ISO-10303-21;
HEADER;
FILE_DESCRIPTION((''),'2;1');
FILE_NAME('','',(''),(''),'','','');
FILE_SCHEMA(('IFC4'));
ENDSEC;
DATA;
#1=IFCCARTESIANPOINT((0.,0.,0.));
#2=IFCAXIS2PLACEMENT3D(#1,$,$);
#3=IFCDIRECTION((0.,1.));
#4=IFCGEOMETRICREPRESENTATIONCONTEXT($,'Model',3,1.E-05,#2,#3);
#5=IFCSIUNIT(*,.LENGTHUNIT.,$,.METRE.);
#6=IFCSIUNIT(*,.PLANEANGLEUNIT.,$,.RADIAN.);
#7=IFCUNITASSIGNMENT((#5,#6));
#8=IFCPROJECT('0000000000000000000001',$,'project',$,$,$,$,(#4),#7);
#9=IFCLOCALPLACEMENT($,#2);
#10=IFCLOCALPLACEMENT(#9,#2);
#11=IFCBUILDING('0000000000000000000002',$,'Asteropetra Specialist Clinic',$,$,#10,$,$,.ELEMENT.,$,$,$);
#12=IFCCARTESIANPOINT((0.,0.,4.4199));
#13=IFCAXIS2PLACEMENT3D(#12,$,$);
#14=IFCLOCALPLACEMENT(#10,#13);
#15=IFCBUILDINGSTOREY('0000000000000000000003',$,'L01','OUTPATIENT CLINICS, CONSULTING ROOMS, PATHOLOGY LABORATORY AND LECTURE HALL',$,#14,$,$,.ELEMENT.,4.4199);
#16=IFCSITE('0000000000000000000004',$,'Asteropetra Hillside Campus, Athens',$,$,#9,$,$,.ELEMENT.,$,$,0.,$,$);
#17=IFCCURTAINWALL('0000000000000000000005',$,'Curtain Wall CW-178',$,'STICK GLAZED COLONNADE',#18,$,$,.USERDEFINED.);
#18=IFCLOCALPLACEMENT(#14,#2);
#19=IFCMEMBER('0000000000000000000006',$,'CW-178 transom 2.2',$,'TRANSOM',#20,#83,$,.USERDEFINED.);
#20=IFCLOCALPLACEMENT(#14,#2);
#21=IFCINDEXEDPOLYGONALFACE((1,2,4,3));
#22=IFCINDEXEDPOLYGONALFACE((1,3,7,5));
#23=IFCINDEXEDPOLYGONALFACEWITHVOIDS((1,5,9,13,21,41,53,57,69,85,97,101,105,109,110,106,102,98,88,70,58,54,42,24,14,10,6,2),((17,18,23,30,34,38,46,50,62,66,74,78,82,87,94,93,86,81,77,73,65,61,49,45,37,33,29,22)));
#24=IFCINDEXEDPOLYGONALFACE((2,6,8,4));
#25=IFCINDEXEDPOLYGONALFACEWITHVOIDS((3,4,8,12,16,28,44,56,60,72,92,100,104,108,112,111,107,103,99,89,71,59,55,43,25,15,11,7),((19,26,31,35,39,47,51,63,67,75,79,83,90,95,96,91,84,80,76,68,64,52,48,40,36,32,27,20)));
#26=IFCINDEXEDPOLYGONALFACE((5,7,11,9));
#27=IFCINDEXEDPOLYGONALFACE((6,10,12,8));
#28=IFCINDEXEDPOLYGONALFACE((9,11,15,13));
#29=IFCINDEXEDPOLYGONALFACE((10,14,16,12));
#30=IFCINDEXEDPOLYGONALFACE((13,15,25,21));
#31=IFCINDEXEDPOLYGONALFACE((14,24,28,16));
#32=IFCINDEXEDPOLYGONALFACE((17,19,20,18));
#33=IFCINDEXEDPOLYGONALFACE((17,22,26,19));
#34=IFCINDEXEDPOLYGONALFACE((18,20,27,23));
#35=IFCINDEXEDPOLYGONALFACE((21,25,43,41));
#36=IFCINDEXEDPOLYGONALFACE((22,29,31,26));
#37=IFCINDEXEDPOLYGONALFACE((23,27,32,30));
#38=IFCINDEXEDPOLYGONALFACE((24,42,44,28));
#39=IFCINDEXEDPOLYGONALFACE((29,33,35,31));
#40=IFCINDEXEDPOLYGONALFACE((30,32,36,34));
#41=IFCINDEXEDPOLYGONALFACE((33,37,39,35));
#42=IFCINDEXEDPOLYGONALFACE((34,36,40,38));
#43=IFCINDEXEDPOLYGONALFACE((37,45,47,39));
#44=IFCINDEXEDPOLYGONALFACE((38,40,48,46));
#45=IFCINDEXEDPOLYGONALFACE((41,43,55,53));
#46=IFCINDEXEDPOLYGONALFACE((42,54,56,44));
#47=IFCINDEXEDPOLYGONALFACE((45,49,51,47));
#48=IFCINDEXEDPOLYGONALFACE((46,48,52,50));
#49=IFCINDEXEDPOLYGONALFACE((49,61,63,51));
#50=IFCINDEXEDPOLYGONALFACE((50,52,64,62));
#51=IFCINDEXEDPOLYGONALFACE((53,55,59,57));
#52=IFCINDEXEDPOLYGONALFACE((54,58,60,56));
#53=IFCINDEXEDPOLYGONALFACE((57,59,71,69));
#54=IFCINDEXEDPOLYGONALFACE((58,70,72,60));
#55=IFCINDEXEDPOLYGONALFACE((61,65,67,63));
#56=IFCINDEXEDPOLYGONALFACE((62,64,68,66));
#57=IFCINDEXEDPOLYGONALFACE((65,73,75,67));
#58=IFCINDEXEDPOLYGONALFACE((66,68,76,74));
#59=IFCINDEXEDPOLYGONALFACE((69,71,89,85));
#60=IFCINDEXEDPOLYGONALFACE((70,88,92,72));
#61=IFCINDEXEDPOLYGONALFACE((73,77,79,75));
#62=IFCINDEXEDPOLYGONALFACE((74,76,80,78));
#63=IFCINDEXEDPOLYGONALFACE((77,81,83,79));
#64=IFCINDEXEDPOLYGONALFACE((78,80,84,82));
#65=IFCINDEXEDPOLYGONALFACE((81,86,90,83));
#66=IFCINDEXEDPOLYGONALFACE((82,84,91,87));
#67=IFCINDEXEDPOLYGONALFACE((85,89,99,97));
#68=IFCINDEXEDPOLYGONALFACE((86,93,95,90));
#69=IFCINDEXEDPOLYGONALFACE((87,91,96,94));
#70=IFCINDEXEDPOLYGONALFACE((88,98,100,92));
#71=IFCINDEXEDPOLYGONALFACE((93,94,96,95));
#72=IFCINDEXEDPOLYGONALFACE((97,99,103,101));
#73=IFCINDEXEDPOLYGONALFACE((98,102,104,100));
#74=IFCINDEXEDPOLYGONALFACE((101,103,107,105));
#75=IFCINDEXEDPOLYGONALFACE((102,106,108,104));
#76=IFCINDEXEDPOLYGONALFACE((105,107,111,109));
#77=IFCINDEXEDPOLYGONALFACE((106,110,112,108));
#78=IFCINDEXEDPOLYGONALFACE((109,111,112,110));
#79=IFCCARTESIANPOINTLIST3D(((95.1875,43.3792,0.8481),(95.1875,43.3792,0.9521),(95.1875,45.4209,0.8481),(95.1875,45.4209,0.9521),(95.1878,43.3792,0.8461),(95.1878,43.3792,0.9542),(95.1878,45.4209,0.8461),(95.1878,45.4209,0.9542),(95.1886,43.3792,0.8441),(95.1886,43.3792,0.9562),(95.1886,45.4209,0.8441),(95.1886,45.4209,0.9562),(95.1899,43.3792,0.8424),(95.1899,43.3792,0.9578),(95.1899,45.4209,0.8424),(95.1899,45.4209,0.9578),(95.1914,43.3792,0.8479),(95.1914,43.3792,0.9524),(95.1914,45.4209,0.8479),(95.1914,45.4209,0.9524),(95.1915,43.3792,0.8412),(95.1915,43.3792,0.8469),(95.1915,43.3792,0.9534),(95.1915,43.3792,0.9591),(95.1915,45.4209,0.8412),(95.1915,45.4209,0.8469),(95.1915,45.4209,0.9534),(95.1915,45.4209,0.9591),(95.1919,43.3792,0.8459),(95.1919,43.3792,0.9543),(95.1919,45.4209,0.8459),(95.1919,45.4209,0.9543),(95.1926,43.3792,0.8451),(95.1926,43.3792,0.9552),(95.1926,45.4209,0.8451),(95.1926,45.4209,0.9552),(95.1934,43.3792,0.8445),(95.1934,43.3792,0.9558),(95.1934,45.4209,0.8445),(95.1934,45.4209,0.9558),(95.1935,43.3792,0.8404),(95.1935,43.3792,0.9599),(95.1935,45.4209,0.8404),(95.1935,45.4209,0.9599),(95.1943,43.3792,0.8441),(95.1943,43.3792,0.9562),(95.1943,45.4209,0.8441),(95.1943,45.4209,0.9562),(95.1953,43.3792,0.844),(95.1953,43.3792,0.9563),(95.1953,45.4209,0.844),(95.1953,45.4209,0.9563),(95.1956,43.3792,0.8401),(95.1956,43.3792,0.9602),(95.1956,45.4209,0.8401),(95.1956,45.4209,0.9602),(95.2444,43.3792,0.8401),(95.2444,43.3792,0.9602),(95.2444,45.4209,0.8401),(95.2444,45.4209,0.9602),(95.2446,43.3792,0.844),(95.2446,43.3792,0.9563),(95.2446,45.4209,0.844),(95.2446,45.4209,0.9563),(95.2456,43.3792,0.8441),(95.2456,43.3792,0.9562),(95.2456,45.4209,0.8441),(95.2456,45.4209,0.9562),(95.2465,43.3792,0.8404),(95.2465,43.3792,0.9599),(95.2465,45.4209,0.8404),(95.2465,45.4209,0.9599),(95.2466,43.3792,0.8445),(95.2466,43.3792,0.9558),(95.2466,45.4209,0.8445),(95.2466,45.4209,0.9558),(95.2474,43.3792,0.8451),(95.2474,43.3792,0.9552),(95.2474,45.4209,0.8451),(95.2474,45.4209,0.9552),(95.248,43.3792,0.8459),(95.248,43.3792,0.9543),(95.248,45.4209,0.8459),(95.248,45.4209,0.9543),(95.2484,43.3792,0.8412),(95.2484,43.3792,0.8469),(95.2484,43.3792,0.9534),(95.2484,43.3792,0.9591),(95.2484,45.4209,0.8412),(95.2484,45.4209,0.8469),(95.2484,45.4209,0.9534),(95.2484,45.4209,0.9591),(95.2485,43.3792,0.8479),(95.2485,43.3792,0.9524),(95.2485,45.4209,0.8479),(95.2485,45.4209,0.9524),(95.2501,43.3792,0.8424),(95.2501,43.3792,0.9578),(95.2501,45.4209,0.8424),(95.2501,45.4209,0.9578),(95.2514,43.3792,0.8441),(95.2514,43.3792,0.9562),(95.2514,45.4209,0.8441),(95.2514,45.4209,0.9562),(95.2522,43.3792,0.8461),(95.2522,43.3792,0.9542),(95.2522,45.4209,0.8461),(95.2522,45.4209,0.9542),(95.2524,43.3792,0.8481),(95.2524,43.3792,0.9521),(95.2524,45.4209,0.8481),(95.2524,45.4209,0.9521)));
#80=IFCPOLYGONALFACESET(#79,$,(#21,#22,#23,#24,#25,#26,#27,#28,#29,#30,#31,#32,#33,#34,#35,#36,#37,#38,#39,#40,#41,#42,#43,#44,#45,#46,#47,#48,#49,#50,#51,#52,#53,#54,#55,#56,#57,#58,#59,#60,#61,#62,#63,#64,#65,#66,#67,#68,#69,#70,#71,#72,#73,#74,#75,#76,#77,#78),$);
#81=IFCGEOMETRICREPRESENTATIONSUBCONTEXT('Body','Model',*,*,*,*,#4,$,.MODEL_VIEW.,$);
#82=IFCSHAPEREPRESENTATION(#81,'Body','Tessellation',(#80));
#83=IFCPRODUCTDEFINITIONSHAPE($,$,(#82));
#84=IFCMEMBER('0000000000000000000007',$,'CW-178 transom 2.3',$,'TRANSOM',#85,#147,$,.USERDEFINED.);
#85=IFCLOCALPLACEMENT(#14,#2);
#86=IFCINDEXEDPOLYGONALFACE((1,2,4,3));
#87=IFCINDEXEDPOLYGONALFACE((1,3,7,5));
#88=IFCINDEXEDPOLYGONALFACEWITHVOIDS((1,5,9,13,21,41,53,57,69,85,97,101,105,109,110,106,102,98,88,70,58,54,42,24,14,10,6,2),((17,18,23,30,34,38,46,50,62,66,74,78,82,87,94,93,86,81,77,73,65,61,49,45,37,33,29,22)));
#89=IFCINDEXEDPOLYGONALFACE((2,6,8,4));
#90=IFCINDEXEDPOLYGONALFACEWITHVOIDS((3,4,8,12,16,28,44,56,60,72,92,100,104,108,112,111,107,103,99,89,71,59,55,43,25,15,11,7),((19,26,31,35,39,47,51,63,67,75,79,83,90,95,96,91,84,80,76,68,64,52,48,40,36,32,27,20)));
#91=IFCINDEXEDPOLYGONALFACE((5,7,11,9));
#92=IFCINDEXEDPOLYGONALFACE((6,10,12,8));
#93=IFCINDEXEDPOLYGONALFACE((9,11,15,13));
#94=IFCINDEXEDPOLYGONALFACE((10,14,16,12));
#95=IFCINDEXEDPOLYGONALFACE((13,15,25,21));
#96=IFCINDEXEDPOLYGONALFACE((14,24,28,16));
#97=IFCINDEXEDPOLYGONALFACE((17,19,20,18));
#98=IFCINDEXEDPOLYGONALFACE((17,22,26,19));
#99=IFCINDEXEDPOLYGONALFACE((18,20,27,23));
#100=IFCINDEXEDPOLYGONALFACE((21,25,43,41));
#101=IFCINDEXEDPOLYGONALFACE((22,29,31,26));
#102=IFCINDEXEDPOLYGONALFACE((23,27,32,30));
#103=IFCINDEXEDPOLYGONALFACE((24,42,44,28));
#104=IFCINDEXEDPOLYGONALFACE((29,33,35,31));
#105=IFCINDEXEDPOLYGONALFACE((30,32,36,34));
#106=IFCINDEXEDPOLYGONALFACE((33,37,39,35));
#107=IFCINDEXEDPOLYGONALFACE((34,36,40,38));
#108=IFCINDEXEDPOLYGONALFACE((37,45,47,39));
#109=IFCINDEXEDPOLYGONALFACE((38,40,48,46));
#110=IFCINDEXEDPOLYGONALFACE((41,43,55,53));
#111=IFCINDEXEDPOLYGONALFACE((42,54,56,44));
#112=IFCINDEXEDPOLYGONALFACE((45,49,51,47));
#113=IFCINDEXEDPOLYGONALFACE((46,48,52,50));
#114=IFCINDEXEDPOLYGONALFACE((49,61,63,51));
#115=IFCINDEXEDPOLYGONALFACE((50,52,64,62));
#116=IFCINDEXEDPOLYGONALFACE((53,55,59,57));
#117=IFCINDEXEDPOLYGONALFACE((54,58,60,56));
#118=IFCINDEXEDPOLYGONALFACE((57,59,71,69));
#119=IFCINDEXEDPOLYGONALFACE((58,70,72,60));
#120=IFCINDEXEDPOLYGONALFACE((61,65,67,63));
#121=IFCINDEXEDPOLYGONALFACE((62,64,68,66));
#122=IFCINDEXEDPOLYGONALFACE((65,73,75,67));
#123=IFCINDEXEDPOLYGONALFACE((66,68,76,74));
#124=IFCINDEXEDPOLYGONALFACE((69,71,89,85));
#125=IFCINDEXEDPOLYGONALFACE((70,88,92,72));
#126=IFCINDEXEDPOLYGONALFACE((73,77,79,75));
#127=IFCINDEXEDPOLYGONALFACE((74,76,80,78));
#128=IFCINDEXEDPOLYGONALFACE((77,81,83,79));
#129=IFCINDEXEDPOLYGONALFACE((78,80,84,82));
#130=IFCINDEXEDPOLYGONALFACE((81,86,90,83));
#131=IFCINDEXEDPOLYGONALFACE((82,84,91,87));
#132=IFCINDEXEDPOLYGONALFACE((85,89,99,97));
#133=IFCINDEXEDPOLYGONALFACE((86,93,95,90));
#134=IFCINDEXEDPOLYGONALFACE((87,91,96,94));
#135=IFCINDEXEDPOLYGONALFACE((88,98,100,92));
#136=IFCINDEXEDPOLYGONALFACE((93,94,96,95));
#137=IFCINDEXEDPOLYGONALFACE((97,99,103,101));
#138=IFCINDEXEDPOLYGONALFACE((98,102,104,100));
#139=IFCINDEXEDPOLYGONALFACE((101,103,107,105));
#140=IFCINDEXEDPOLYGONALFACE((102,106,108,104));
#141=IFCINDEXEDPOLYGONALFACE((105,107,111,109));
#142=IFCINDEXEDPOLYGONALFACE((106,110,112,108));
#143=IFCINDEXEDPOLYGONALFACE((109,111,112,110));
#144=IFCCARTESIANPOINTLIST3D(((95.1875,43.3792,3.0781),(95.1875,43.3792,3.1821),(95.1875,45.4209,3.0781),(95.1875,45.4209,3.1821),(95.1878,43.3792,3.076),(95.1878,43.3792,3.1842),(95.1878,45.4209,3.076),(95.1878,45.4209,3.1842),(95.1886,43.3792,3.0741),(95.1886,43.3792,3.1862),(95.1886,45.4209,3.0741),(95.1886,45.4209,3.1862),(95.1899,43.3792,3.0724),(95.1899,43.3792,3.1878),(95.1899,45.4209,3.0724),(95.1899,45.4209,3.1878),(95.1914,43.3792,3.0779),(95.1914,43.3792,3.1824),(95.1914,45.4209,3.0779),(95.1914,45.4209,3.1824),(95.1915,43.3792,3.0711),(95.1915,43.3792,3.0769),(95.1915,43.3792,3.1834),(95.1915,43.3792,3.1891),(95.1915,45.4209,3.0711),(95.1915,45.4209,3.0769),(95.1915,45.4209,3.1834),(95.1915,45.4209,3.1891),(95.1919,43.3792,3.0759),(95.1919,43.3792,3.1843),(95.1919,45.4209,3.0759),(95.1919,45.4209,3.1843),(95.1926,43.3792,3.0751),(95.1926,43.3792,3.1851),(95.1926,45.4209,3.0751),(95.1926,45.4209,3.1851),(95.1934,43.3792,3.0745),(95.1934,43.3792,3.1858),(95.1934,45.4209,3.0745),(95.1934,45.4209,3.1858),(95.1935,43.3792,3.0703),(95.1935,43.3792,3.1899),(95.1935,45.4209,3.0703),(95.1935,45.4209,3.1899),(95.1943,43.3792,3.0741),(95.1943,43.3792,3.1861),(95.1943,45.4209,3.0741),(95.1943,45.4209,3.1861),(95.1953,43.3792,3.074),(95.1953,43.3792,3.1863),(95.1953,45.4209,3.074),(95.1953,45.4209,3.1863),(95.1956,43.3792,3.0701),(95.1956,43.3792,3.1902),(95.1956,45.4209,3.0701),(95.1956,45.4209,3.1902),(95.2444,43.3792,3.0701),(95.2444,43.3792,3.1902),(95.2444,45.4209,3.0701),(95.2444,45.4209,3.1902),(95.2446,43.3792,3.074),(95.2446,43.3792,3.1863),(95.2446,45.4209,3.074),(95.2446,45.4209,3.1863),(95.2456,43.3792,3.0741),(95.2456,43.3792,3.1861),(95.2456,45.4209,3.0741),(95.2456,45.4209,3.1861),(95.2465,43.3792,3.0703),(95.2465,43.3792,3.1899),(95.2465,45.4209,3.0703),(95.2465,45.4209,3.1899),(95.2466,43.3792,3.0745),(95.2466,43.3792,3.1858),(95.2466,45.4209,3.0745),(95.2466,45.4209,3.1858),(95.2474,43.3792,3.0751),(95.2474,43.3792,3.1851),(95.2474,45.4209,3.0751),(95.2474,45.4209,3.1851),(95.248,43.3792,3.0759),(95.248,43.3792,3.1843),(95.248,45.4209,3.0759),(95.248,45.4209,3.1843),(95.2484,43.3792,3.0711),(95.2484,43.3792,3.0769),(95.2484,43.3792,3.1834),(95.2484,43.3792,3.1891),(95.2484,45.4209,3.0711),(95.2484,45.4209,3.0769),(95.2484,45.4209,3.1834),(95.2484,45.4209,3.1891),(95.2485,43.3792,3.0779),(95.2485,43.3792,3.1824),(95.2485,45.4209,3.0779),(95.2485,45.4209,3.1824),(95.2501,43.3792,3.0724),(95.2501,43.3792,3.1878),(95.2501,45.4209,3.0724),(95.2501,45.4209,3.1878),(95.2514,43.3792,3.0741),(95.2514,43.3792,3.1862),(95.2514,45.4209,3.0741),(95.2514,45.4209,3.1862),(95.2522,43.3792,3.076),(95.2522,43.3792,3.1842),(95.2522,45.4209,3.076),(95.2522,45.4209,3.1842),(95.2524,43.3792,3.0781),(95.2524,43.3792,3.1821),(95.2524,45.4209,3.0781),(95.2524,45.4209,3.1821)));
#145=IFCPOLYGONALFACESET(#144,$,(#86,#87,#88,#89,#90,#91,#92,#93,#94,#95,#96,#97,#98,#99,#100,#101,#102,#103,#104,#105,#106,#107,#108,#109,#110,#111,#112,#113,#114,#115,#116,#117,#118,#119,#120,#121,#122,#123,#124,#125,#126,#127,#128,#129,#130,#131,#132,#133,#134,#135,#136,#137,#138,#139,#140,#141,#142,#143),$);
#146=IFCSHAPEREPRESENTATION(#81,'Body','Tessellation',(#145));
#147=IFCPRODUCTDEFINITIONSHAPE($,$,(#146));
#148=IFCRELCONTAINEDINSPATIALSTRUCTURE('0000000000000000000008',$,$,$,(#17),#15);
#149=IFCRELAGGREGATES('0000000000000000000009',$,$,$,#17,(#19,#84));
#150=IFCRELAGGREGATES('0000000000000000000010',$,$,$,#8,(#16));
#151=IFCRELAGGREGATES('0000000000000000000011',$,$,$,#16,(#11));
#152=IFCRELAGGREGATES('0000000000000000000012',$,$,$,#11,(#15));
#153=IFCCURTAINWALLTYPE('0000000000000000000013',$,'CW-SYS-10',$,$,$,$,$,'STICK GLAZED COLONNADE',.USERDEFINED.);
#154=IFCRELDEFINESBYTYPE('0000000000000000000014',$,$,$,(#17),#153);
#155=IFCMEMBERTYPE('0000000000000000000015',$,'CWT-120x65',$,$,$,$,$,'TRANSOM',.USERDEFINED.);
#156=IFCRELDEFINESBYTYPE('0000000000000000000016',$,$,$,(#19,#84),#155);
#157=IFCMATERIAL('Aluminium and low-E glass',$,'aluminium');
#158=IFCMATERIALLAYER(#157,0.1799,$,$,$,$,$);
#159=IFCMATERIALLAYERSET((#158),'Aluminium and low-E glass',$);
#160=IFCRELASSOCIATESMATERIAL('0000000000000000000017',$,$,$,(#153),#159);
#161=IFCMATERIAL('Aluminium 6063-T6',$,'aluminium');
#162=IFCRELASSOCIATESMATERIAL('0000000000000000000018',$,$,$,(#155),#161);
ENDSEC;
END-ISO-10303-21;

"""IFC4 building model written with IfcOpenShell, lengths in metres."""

from ifc_helpers import new_model, si_unit, direction, frame, origin, origin_2d, place, context, subcontext, project, spatial, hollow_rectangle, extrude, material, layer, layer_set, material_profile, profile_set, type_object, element, aggregate, save


model = new_model("IFC4")

# Units and contexts
model_context = context("Model", 3, precision=1e-05, world=origin(), true_north=direction((0.0, 1.0)))
body_context = subcontext(model_context, "Body", "Model", "MODEL_VIEW")
ifc_project = project(units=[si_unit("LENGTHUNIT", "METRE"), si_unit("PLANEANGLEUNIT", "RADIAN")], contexts=[model_context])

# Site, building, storey
site_placement = place(None, origin())
site = spatial("IfcSite", under=ifc_project, at=site_placement, Name="Asteropetra Hillside Campus, Athens", CompositionType="ELEMENT", RefElevation=0.0)
building_placement = place(site_placement, origin())
building = spatial("IfcBuilding", under=site, at=building_placement, Name="Asteropetra Specialist Clinic", CompositionType="ELEMENT")
storey_placement = place(building_placement, frame((0.0, 0.0, 4.4199)))
storey = spatial("IfcBuildingStorey", under=building, at=storey_placement, Name="L01", Description="OUTPATIENT CLINICS, CONSULTING ROOMS, PATHOLOGY LABORATORY AND LECTURE HALL", CompositionType="ELEMENT", Elevation=4.4199)

# Curtain wall, members
ifc_material_1 = material(Name="Aluminium and low-E glass", Category="aluminium")
ifc_layer_1 = layer(ifc_material_1, 0.1799)
ifc_layer_set_1 = layer_set([ifc_layer_1], Name="Aluminium and low-E glass")
curtain_wall_type = type_object("IfcCurtainWallType", Name="CW-SYS-10", ElementType="STICK GLAZED COLONNADE", PredefinedType="USERDEFINED", material=ifc_layer_set_1)
curtain_wall_placement = place(storey_placement, origin())
curtain_wall = element("IfcCurtainWall", 1, at=curtain_wall_placement, inside=storey, type_object=curtain_wall_type, Name="Curtain Wall CW-178", ObjectType="STICK GLAZED COLONNADE", PredefinedType="USERDEFINED")
ifc_material_2 = material(Name="Aluminium 6063-T6", Category="aluminium")
ifc_material_profile_1 = material_profile(ifc_material_2, hollow_rectangle(XDim=0.0649, YDim=0.1201, WallThickness=0.0039, InnerFilletRadius=0.0039, OuterFilletRadius=0.0081, at=origin_2d()), Name="TRN 120x65x4.0")
ifc_profile_set_1 = profile_set([ifc_material_profile_1], Name="Aluminium 6063-T6")
member_type_1 = type_object("IfcMemberType", Name="CWT-120x65", ElementType="TRANSOM", PredefinedType="USERDEFINED", material=ifc_profile_set_1)
member_1_placement = place(storey_placement, frame((95.22, 43.3792, 0.9001), z_axis=(0.0, 1.0, 0.0), x_axis=(-1.0, 0.0, 0.0)))
member_1 = element("IfcMember", 2, at=member_1_placement, type_object=member_type_1, Name="CW-178 transom 2.2", ObjectType="TRANSOM", PredefinedType="USERDEFINED", context=body_context, shape_type="SweptSolid", body=[
    extrude(hollow_rectangle(XDim=0.0649, YDim=0.1201, WallThickness=0.0039, InnerFilletRadius=0.0039, OuterFilletRadius=0.0081, at=origin_2d()), origin(), (0.0, 0.0, 1.0), 2.0417),
])
member_2_placement = place(storey_placement, frame((95.22, 43.3792, 3.1301), z_axis=(0.0, 1.0, 0.0), x_axis=(-1.0, 0.0, 0.0)))
member_2 = element("IfcMember", 3, at=member_2_placement, type_object=member_type_1, Name="CW-178 transom 2.3", ObjectType="TRANSOM", PredefinedType="USERDEFINED", context=body_context, shape_type="SweptSolid", body=[
    extrude(hollow_rectangle(XDim=0.0649, YDim=0.1201, WallThickness=0.0039, InnerFilletRadius=0.0039, OuterFilletRadius=0.0081, at=origin_2d()), origin(), (0.0, 0.0, 1.0), 2.0417),
])

aggregate(curtain_wall, [member_1, member_2])

save(model, "model.ifc")
